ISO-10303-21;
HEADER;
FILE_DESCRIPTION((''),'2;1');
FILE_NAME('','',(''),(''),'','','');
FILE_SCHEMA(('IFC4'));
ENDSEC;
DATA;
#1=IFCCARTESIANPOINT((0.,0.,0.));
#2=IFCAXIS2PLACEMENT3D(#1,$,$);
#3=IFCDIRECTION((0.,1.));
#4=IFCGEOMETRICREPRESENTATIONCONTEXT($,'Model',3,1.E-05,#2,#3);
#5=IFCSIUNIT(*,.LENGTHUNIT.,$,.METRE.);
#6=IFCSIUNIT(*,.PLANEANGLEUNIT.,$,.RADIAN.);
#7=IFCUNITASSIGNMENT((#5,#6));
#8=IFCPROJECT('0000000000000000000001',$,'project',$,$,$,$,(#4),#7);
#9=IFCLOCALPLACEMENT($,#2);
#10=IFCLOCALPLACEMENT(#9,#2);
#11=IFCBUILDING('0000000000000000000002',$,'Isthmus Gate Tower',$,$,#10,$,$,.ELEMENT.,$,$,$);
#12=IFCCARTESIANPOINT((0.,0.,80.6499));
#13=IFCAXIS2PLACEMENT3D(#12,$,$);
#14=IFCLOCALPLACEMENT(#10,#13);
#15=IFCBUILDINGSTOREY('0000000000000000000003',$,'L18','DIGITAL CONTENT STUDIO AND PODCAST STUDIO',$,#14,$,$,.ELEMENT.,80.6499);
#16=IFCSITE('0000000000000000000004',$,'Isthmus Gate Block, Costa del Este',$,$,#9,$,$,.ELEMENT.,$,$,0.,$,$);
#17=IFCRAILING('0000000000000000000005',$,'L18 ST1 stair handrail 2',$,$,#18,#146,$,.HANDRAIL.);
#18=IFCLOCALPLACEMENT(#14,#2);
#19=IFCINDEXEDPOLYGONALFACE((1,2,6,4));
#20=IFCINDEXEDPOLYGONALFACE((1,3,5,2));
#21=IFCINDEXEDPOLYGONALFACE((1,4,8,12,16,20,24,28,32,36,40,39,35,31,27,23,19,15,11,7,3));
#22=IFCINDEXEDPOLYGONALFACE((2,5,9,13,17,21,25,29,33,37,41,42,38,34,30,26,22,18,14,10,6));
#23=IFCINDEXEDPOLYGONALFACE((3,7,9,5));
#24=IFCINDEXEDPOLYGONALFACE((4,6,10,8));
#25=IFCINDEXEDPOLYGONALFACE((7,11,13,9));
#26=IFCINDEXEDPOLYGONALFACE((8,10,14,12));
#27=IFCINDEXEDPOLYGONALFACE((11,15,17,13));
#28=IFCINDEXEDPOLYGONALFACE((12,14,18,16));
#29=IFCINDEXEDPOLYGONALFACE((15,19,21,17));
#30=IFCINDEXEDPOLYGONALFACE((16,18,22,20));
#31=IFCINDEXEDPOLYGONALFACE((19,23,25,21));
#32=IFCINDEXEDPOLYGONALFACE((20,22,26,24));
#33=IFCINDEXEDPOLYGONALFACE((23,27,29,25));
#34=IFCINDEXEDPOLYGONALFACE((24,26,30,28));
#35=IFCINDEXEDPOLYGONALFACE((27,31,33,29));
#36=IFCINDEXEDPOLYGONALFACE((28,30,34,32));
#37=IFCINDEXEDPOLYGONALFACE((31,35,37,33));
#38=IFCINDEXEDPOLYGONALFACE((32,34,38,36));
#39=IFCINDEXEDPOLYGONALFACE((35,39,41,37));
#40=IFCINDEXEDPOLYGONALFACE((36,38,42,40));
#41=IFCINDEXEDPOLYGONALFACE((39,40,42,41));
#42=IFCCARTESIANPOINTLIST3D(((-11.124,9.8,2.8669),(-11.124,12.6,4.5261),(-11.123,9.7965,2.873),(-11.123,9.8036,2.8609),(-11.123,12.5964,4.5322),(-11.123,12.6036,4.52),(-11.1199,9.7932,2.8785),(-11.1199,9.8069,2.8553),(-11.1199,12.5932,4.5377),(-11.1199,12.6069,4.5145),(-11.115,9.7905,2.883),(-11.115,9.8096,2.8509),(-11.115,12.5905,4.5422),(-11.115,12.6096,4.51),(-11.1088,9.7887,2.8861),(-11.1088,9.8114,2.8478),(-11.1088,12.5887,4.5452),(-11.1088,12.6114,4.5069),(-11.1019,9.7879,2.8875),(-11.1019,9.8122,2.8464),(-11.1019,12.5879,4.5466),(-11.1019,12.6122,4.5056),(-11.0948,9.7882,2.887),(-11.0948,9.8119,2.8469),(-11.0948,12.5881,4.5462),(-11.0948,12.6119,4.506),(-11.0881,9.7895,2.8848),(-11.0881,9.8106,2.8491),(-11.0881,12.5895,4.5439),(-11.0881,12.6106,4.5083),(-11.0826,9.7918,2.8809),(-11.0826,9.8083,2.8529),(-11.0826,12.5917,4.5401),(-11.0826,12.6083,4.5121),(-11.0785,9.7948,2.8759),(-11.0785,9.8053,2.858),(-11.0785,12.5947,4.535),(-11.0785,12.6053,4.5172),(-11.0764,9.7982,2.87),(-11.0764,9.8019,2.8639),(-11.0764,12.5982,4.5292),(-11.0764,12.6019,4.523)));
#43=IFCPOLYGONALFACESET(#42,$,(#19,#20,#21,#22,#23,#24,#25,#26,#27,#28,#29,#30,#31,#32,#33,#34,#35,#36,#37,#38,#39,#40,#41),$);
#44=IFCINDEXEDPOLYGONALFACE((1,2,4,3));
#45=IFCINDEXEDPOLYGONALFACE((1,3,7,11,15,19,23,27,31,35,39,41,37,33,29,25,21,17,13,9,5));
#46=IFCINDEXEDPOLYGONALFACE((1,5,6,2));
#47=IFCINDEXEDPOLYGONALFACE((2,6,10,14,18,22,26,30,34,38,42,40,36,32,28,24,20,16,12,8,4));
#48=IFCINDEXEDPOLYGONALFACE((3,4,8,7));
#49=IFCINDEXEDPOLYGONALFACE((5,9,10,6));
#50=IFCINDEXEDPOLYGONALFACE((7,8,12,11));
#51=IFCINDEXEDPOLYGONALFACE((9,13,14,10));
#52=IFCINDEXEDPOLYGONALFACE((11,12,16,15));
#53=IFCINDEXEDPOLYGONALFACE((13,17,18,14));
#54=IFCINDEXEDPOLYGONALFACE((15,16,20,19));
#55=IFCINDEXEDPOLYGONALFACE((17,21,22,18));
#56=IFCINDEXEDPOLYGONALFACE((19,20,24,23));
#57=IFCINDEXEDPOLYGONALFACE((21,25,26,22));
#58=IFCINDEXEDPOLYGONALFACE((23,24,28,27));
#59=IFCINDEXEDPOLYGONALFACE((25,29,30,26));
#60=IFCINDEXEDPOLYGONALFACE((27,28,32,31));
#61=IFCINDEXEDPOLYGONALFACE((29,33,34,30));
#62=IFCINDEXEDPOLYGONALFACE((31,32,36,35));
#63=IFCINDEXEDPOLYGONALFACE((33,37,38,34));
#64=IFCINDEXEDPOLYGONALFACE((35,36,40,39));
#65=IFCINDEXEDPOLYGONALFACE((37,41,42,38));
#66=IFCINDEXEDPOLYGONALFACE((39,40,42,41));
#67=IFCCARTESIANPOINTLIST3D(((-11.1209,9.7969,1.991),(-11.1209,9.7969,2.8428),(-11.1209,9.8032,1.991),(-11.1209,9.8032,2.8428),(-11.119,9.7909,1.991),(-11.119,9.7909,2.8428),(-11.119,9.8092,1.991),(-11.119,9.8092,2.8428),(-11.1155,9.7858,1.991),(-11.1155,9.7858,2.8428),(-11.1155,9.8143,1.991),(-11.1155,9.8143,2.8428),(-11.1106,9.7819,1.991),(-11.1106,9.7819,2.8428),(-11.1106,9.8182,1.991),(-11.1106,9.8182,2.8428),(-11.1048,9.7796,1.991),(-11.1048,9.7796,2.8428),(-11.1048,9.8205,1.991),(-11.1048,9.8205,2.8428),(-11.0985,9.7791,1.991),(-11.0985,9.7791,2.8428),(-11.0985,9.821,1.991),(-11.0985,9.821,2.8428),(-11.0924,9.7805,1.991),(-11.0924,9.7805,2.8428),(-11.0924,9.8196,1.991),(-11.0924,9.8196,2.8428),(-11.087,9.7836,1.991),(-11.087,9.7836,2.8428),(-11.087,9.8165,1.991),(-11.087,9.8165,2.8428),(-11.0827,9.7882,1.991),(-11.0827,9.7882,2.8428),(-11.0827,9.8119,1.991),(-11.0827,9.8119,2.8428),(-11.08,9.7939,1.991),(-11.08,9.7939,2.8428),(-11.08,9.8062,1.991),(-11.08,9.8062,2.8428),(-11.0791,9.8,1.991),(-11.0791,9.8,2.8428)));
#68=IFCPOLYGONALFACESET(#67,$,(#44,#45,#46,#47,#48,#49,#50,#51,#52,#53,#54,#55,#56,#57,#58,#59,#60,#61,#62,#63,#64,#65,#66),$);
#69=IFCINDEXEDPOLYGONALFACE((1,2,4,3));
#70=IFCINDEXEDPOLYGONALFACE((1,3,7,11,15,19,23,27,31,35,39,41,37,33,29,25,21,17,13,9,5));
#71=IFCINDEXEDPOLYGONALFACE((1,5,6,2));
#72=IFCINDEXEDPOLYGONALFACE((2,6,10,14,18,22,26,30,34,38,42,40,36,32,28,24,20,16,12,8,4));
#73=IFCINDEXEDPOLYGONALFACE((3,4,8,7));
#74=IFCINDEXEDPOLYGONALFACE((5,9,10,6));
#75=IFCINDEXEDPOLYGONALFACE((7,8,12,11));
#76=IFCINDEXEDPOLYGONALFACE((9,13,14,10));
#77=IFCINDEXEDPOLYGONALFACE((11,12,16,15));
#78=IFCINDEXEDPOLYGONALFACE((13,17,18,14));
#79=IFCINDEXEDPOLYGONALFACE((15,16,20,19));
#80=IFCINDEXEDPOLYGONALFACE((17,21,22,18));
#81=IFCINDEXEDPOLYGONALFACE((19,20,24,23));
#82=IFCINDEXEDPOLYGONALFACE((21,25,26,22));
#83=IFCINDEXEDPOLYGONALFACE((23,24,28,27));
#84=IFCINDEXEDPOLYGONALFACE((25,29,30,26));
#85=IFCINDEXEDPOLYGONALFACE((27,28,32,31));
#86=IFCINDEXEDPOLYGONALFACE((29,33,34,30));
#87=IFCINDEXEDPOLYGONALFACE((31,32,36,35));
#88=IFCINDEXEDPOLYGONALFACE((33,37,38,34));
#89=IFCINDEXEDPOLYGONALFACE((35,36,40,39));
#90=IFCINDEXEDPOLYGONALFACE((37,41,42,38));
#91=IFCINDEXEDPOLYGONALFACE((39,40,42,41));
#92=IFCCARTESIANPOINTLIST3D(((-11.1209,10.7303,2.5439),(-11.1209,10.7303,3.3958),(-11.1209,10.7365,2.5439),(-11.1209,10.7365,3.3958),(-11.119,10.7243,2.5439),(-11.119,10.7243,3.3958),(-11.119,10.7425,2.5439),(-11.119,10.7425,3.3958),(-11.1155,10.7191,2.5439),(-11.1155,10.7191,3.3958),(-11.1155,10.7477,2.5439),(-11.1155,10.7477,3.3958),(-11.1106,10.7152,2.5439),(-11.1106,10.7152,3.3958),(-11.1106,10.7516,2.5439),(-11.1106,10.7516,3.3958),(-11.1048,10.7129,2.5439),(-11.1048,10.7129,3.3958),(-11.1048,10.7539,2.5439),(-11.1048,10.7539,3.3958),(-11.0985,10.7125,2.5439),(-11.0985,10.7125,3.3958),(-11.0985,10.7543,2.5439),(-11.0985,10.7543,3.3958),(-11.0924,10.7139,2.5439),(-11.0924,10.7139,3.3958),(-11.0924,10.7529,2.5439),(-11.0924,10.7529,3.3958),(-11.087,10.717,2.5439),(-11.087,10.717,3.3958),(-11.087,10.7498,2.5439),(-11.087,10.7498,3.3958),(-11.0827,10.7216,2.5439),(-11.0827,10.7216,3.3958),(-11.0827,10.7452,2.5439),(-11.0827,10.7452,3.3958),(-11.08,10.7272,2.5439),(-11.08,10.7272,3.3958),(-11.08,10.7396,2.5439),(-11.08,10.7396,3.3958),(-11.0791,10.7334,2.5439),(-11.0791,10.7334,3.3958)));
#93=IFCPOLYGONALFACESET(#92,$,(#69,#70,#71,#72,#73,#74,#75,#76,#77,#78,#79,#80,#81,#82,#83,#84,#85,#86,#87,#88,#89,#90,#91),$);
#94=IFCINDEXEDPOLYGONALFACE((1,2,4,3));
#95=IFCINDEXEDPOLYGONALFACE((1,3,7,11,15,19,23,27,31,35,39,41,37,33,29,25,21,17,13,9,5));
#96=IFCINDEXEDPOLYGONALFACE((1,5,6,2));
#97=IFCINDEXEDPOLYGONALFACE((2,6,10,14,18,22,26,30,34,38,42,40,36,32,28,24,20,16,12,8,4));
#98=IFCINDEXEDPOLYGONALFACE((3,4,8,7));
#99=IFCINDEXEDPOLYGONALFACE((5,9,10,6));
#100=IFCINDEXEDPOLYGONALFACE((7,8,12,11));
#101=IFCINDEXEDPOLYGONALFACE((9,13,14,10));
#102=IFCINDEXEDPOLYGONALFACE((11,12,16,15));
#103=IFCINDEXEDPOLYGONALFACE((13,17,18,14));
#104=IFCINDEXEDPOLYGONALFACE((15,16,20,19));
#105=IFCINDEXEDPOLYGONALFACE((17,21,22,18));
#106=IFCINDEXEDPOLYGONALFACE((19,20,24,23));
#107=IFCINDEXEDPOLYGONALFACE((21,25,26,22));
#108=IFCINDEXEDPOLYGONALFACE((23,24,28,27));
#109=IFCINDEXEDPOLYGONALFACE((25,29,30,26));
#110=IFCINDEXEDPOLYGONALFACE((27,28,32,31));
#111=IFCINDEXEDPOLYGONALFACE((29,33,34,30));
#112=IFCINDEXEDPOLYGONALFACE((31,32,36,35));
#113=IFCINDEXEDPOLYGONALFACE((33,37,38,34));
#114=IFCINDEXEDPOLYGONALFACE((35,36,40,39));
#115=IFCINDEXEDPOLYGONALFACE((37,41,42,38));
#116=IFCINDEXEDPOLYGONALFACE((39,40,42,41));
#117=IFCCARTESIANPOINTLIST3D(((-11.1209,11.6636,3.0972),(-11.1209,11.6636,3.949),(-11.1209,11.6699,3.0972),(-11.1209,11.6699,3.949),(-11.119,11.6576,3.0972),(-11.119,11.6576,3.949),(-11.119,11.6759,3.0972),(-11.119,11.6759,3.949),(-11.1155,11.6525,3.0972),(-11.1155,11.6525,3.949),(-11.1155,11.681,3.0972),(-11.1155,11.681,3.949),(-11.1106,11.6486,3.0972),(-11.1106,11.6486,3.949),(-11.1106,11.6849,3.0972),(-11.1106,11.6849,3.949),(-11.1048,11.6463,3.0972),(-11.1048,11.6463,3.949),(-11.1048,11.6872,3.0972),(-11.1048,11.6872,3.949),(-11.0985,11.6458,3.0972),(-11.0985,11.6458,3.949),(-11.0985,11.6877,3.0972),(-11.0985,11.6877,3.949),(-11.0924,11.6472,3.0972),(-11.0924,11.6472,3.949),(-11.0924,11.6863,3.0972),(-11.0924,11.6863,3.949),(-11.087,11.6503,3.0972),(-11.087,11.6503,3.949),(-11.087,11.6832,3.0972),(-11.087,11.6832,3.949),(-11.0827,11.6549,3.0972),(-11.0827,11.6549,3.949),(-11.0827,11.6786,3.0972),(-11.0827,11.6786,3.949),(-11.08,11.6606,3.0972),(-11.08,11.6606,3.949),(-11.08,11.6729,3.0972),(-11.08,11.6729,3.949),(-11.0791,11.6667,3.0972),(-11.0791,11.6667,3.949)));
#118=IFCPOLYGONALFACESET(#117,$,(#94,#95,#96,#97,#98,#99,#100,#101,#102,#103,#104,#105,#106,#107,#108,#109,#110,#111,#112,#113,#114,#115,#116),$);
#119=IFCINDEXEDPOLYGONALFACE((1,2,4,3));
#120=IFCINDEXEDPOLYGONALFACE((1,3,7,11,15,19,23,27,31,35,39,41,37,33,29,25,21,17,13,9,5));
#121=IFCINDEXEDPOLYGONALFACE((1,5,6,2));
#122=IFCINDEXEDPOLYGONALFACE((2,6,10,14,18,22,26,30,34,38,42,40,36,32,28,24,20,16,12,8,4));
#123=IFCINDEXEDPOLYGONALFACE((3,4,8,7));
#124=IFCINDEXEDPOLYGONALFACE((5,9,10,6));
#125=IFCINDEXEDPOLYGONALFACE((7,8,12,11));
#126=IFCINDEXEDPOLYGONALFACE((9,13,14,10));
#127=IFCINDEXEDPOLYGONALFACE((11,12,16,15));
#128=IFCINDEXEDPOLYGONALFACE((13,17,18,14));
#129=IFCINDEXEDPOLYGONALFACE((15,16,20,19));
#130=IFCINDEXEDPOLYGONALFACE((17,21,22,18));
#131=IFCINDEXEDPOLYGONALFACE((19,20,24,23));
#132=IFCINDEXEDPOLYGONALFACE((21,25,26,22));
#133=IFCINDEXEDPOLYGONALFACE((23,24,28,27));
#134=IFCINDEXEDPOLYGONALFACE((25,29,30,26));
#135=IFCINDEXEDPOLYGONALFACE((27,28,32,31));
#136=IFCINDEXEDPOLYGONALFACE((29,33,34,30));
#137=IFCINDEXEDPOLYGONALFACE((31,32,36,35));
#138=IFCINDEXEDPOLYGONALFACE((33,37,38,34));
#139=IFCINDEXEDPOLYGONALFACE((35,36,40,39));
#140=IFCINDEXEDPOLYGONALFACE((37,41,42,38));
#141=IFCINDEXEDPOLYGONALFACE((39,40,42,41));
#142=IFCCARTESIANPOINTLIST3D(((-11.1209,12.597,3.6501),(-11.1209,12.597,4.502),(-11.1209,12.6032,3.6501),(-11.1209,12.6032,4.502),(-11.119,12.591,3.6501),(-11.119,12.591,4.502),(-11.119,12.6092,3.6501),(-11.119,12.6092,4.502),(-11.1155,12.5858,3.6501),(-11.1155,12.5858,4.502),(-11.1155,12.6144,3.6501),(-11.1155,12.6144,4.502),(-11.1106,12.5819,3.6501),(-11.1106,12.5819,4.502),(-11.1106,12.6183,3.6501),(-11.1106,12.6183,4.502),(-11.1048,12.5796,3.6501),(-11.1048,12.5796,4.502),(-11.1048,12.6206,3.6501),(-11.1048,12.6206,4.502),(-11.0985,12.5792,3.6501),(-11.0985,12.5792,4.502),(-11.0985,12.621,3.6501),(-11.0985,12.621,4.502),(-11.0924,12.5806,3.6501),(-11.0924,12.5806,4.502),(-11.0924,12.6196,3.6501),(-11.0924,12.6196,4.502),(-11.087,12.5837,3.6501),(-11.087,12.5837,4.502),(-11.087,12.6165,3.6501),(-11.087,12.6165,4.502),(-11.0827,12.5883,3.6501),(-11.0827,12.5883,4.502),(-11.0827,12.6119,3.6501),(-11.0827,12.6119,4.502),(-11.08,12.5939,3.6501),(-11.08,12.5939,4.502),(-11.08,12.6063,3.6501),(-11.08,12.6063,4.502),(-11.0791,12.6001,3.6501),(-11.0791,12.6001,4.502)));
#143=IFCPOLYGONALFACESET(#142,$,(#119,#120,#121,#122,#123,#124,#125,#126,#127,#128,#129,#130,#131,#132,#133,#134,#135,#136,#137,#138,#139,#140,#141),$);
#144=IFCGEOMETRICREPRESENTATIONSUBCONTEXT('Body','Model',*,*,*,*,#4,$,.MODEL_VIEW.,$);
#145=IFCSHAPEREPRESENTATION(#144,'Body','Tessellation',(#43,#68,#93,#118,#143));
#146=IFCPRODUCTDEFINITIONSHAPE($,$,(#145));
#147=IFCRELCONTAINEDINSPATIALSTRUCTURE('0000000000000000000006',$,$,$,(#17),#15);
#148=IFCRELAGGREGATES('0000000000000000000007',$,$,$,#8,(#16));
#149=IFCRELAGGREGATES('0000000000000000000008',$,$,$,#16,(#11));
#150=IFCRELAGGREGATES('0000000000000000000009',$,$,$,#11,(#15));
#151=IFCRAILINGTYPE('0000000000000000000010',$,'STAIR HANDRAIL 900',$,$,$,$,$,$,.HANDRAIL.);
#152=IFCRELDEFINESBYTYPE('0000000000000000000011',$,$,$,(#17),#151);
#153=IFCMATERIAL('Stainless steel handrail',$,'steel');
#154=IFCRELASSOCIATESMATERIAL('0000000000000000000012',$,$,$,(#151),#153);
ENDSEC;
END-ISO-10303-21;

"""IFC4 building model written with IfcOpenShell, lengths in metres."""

from ifc_helpers import new_model, si_unit, direction, frame, origin, origin_2d, place, context, subcontext, project, spatial, circle, extrude, material, type_object, element, save


model = new_model("IFC4")

# Units and contexts
model_context = context("Model", 3, precision=1e-05, world=origin(), true_north=direction((0.0, 1.0)))
body_context = subcontext(model_context, "Body", "Model", "MODEL_VIEW")
ifc_project = project(units=[si_unit("LENGTHUNIT", "METRE"), si_unit("PLANEANGLEUNIT", "RADIAN")], contexts=[model_context])

# Site, building, storey
site_placement = place(None, origin())
site = spatial("IfcSite", under=ifc_project, at=site_placement, Name="Isthmus Gate Block, Costa del Este", CompositionType="ELEMENT", RefElevation=0.0)
building_placement = place(site_placement, origin())
building = spatial("IfcBuilding", under=site, at=building_placement, Name="Isthmus Gate Tower", CompositionType="ELEMENT")
storey_placement = place(building_placement, frame((0.0, 0.0, 80.6499)))
storey = spatial("IfcBuildingStorey", under=building, at=storey_placement, Name="L18", Description="DIGITAL CONTENT STUDIO AND PODCAST STUDIO", CompositionType="ELEMENT", Elevation=80.6499)

# Railing
ifc_material_1 = material(Name="Stainless steel handrail", Category="steel")
railing_type_1 = type_object("IfcRailingType", Name="STAIR HANDRAIL 900", PredefinedType="HANDRAIL", material=ifc_material_1)
railing_1_placement = place(storey_placement, frame((-11.1001, 9.8, 1.991)))
element("IfcRailing", 1, at=railing_1_placement, inside=storey, type_object=railing_type_1, Name="L18 ST1 stair handrail 2", PredefinedType="HANDRAIL", context=body_context, shape_type="SweptSolid", body=[
    extrude(circle(Radius=0.0239, at=origin_2d()), frame((0.0, 0.0, 0.876), z_axis=(0.0, 0.860306, 0.509778), x_axis=(-1.0, 0.0, 0.0)), (0.0, 0.0, 1.0), 3.2546),
    extrude(circle(Radius=0.021, at=origin_2d()), origin(), (0.0, 0.0, 1.0), 0.8518),
    extrude(circle(Radius=0.021, at=origin_2d()), frame((0.0, 0.9333, 0.553)), (0.0, 0.0, 1.0), 0.8518),
    extrude(circle(Radius=0.021, at=origin_2d()), frame((0.0, 1.8667, 1.1062)), (0.0, 0.0, 1.0), 0.8518),
    extrude(circle(Radius=0.021, at=origin_2d()), frame((0.0, 2.8, 1.6592)), (0.0, 0.0, 1.0), 0.8518),
])

save(model, "model.ifc")
